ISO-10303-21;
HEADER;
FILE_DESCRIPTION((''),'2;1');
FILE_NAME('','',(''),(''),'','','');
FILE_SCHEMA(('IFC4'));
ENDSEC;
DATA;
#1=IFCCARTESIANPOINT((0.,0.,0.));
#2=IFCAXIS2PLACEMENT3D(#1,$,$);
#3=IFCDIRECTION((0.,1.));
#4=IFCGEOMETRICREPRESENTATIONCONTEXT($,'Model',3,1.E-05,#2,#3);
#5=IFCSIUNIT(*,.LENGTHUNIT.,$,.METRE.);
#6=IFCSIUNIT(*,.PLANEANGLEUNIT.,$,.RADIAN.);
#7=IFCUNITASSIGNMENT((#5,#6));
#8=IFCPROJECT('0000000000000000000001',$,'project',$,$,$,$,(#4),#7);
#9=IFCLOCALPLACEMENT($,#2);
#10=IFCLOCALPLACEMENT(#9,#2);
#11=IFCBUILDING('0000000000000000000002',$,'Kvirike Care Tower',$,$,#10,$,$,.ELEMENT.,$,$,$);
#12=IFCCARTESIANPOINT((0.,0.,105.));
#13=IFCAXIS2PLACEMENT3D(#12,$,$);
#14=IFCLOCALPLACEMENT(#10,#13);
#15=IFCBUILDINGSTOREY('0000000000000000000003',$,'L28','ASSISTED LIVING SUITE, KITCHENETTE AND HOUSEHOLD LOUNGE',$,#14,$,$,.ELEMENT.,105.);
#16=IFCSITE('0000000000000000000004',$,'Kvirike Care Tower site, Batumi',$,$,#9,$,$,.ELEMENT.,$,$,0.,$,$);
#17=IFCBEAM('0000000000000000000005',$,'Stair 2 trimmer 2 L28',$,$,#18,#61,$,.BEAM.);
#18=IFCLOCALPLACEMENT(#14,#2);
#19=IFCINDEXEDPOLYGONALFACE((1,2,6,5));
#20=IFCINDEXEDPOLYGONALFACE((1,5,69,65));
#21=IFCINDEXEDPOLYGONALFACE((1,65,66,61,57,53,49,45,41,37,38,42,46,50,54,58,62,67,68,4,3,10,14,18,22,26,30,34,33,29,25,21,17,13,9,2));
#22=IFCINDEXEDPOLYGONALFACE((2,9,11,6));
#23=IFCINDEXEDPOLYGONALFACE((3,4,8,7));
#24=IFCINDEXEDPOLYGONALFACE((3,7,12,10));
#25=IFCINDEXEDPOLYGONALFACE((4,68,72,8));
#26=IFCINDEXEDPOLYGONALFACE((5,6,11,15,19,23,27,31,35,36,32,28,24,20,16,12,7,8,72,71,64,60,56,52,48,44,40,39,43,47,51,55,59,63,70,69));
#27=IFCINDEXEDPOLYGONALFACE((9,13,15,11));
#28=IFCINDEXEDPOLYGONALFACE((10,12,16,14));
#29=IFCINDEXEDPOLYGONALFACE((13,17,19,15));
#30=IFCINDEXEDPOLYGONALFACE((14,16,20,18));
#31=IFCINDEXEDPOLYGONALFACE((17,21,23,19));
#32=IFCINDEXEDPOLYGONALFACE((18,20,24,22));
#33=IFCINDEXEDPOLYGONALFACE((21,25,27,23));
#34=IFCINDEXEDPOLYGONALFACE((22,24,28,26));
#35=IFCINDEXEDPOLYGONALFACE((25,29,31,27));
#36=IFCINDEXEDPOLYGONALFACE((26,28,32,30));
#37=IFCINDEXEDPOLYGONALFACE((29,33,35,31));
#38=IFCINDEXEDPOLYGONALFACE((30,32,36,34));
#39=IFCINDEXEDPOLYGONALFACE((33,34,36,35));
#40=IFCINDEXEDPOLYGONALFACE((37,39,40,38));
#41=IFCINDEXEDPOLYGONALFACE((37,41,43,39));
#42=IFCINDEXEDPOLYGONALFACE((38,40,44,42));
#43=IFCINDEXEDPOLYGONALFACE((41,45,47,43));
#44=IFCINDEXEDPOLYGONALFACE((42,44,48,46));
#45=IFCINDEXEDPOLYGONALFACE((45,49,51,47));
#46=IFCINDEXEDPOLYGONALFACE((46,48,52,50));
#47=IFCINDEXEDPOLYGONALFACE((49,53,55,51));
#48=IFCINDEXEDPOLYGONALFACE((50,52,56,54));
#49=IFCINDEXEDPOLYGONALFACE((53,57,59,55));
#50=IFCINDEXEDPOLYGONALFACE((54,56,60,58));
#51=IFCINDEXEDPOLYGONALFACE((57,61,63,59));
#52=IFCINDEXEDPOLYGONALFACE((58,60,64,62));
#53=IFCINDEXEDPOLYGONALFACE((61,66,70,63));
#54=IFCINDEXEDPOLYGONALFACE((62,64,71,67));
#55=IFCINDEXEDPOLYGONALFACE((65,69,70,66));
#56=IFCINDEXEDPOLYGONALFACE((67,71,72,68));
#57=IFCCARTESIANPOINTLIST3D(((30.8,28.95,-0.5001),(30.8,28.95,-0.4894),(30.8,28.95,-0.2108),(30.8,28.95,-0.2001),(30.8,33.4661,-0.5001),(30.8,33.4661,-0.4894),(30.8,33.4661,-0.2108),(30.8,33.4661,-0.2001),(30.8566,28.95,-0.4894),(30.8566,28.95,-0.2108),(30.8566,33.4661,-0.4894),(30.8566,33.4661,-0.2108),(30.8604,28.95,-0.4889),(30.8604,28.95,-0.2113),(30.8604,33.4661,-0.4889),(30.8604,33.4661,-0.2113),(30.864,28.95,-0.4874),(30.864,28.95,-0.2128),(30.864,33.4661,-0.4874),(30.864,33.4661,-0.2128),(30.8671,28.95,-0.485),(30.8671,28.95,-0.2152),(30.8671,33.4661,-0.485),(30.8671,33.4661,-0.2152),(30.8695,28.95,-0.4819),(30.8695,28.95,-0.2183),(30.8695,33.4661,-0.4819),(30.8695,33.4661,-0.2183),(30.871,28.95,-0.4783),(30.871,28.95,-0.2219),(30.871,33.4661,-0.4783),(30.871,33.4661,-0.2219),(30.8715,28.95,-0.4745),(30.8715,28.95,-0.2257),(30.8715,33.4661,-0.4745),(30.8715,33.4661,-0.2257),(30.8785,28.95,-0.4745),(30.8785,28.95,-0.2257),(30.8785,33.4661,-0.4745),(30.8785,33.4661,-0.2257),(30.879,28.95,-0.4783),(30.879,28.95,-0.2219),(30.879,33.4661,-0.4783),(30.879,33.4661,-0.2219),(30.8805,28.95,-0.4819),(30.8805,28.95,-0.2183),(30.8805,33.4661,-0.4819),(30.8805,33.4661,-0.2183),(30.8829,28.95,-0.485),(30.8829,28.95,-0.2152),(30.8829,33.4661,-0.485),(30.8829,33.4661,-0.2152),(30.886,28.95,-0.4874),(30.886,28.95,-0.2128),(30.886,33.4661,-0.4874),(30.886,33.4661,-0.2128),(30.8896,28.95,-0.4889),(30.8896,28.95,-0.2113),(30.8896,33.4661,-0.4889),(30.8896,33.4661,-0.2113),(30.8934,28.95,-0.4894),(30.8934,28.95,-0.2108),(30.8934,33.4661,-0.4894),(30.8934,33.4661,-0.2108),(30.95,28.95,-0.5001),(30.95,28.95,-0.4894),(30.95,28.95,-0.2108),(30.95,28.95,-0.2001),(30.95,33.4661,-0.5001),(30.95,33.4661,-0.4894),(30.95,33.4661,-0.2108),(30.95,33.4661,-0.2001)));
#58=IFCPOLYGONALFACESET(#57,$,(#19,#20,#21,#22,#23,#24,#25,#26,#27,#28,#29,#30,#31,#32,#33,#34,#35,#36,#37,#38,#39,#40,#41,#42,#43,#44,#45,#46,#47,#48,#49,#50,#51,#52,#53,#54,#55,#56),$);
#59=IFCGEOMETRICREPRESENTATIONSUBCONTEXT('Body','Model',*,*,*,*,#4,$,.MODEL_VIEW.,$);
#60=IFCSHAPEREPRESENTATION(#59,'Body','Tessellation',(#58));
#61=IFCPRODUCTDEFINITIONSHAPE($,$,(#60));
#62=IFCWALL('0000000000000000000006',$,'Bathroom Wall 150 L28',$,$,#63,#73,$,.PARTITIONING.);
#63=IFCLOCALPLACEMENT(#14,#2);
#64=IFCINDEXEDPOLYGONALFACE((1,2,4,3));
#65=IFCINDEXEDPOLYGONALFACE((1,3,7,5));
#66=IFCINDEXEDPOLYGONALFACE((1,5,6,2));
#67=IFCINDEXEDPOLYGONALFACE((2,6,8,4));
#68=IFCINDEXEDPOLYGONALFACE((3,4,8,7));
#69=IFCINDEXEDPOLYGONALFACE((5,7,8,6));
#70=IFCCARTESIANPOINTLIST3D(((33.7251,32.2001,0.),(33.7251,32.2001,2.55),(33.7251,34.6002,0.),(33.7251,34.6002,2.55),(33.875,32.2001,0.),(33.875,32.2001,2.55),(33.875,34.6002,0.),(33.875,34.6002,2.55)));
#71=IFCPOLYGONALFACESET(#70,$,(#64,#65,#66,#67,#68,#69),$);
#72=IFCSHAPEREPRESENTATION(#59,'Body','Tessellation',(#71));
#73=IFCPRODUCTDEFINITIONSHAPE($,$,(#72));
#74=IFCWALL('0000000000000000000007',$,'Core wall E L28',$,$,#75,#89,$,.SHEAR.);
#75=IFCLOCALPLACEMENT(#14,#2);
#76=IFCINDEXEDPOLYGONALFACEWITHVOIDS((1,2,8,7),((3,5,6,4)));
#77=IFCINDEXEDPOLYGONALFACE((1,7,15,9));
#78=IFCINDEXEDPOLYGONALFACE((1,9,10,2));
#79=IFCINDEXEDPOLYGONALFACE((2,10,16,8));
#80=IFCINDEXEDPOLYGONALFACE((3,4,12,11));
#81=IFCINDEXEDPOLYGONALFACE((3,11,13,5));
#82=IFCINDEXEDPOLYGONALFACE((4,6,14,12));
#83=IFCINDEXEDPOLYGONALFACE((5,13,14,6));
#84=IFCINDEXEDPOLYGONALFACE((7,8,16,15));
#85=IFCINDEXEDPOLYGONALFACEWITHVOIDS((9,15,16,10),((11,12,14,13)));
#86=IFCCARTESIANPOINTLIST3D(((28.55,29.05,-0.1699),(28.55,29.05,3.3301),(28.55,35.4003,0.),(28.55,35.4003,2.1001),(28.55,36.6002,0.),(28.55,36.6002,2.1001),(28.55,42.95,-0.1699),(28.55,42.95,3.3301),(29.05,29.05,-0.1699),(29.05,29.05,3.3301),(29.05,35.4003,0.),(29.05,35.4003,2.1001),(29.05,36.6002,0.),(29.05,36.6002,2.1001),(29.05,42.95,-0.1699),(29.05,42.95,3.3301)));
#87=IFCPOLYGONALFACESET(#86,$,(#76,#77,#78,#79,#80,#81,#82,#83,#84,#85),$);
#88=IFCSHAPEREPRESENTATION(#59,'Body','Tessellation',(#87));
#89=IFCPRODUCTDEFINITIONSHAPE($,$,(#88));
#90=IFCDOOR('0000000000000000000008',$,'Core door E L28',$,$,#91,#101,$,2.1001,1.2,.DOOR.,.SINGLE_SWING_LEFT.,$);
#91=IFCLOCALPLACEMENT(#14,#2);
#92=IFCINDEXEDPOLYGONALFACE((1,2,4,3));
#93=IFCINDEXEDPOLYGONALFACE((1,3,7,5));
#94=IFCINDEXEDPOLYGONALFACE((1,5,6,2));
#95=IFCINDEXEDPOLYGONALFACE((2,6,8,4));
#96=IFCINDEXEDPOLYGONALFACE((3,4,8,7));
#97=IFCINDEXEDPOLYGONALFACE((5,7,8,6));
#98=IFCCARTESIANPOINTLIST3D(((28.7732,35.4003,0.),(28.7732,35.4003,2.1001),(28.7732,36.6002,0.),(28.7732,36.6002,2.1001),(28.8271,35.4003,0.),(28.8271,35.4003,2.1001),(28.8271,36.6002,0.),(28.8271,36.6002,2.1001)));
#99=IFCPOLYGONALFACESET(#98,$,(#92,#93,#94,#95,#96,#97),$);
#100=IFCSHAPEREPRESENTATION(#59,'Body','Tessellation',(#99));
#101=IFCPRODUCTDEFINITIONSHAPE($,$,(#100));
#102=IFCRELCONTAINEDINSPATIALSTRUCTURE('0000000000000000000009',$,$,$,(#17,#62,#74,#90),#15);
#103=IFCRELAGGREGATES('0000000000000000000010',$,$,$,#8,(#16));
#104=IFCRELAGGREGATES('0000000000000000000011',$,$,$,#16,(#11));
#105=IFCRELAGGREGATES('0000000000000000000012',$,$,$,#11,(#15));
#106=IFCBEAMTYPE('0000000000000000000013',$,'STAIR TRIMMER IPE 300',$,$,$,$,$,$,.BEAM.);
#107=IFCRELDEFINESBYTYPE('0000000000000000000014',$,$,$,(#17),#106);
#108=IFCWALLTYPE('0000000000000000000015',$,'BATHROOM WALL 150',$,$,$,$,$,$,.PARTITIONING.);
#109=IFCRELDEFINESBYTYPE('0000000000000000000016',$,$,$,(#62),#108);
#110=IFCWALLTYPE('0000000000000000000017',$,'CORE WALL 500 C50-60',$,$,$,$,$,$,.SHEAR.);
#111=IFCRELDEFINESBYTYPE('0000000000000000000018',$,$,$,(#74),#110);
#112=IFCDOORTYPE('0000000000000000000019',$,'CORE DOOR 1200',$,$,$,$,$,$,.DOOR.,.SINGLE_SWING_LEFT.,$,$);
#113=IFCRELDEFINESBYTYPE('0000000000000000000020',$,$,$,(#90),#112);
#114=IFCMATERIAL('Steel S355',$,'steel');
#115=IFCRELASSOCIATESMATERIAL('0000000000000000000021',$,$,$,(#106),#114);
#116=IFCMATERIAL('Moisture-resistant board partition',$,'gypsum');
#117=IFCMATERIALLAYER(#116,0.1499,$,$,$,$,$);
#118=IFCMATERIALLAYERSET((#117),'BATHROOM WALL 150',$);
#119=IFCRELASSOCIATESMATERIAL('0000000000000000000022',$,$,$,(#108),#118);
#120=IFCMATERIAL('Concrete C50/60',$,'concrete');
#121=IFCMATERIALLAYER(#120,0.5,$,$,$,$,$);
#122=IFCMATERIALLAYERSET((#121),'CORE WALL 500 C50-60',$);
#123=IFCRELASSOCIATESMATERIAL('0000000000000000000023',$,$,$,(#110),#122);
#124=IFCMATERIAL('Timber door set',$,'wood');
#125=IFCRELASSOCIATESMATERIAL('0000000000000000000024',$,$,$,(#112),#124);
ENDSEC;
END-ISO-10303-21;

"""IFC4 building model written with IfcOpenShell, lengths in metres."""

from ifc_helpers import new_model, si_unit, direction, frame, frame_2d, origin, origin_2d, place, context, subcontext, project, spatial, rectangle, i_section, extrude, material, layer, layer_set, material_profile, profile_set, type_object, element, fill, save


model = new_model("IFC4")

# Units and contexts
model_context = context("Model", 3, precision=1e-05, world=origin(), true_north=direction((0.0, 1.0)))
body_context = subcontext(model_context, "Body", "Model", "MODEL_VIEW")
ifc_project = project(units=[si_unit("LENGTHUNIT", "METRE"), si_unit("PLANEANGLEUNIT", "RADIAN")], contexts=[model_context])

# Site, building, storey
site_placement = place(None, origin())
site = spatial("IfcSite", under=ifc_project, at=site_placement, Name="Kvirike Care Tower site, Batumi", CompositionType="ELEMENT", RefElevation=0.0)
building_placement = place(site_placement, origin())
building = spatial("IfcBuilding", under=site, at=building_placement, Name="Kvirike Care Tower", CompositionType="ELEMENT")
storey_placement = place(building_placement, frame((0.0, 0.0, 105.0)))
storey = spatial("IfcBuildingStorey", under=building, at=storey_placement, Name="L28", Description="ASSISTED LIVING SUITE, KITCHENETTE AND HOUSEHOLD LOUNGE", CompositionType="ELEMENT", Elevation=105.0)

# Beam
ifc_material_1 = material(Name="Steel S355", Category="steel")
ifc_material_profile_1 = material_profile(ifc_material_1, i_section(OverallWidth=0.1499, OverallDepth=0.3, WebThickness=0.0071, FlangeThickness=0.0107, FilletRadius=0.0149, at=origin_2d()), Name="IPE 300")
ifc_profile_set_1 = profile_set([ifc_material_profile_1], Name="Steel S355")
beam_type_1 = type_object("IfcBeamType", Name="STAIR TRIMMER IPE 300", PredefinedType="BEAM", material=ifc_profile_set_1)
for number, where, z_axis, x_axis, name in (
    (1, (30.875, 28.95, -0.3501), (0.0, 1.0, 0.0), (-1.0, 0.0, 0.0), "Stair 2 trimmer 2 L28"),
):
    element("IfcBeam", number, at=place(storey_placement, frame(where, z_axis=z_axis, x_axis=x_axis)), inside=storey, type_object=beam_type_1, Name=name, PredefinedType="BEAM", context=body_context, shape_type="SweptSolid", body=[
        extrude(i_section(OverallWidth=0.1499, OverallDepth=0.3, WebThickness=0.0071, FlangeThickness=0.0107, FilletRadius=0.0149, at=origin_2d()), origin(), (0.0, 0.0, 1.0), 4.5161),
    ])

# Wall
ifc_material_2 = material(Name="Moisture-resistant board partition", Category="gypsum")
ifc_layer_1 = layer(ifc_material_2, 0.1499)
ifc_layer_set_1 = layer_set([ifc_layer_1], Name="BATHROOM WALL 150")
wall_type_1 = type_object("IfcWallType", Name="BATHROOM WALL 150", PredefinedType="PARTITIONING", material=ifc_layer_set_1)
wall_1_placement = place(storey_placement, frame((33.8, 32.2, 0.0), z_axis=(0.0, 0.0, 1.0), x_axis=(0.0, 1.0, 0.0)))
element("IfcWall", 2, at=wall_1_placement, inside=storey, type_object=wall_type_1, Name="Bathroom Wall 150 L28", PredefinedType="PARTITIONING", context=body_context, shape_type="SweptSolid", body=[
    extrude(rectangle(XDim=2.4001, YDim=0.1499, at=frame_2d((1.2002, 0.0))), origin(), (0.0, 0.0, 1.0), 2.55),
])

# Wall, opening, door
ifc_material_3 = material(Name="Concrete C50/60", Category="concrete")
ifc_layer_2 = layer(ifc_material_3, 0.5)
ifc_layer_set_2 = layer_set([ifc_layer_2], Name="CORE WALL 500 C50-60")
wall_type_2 = type_object("IfcWallType", Name="CORE WALL 500 C50-60", PredefinedType="SHEAR", material=ifc_layer_set_2)
wall_2_placement = place(storey_placement, frame((28.8, 29.05, -0.1699), z_axis=(0.0, 0.0, 1.0), x_axis=(0.0, 1.0, 0.0)))
wall_2 = element("IfcWall", 3, at=wall_2_placement, inside=storey, type_object=wall_type_2, Name="Core wall E L28", PredefinedType="SHEAR", context=body_context, shape_type="SweptSolid", body=[
    extrude(rectangle(XDim=13.8999, YDim=0.5, at=frame_2d((6.95, 0.0))), origin(), (0.0, 0.0, 1.0), 3.5),
])
opening_1_placement = place(wall_2_placement, frame((6.3501, 0.0, 0.1699)))
opening_1 = element("IfcOpeningElement", 4, at=opening_1_placement, cuts=wall_2, PredefinedType="OPENING", context=body_context, shape_type="SweptSolid", body=[
    extrude(rectangle(XDim=1.2, YDim=2.1001, at=frame_2d((0.6001, 1.05))), frame((0.0, 0.2605, 0.0), z_axis=(0.0, -1.0, 0.0), x_axis=(1.0, 0.0, 0.0)), (0.0, 0.0, 1.0), 0.521),
])
ifc_material_4 = material(Name="Timber door set", Category="wood")
door_type_1 = type_object("IfcDoorType", Name="CORE DOOR 1200", OperationType="SINGLE_SWING_LEFT", PredefinedType="DOOR", material=ifc_material_4)
door_1_placement = place(opening_1_placement, origin())
door_1 = element("IfcDoor", 5, at=door_1_placement, inside=storey, type_object=door_type_1, Name="Core door E L28", OperationType="SINGLE_SWING_LEFT", OverallHeight=2.1001, OverallWidth=1.2, PredefinedType="DOOR", context=body_context, shape_type="SweptSolid", body=[
    extrude(rectangle(XDim=1.2, YDim=2.1001, at=frame_2d((0.6001, 1.05))), frame((0.0, 0.0269, 0.0), z_axis=(0.0, -1.0, 0.0), x_axis=(1.0, 0.0, 0.0)), (0.0, 0.0, 1.0), 0.054),
])
fill(opening_1, door_1)

save(model, "model.ifc")
